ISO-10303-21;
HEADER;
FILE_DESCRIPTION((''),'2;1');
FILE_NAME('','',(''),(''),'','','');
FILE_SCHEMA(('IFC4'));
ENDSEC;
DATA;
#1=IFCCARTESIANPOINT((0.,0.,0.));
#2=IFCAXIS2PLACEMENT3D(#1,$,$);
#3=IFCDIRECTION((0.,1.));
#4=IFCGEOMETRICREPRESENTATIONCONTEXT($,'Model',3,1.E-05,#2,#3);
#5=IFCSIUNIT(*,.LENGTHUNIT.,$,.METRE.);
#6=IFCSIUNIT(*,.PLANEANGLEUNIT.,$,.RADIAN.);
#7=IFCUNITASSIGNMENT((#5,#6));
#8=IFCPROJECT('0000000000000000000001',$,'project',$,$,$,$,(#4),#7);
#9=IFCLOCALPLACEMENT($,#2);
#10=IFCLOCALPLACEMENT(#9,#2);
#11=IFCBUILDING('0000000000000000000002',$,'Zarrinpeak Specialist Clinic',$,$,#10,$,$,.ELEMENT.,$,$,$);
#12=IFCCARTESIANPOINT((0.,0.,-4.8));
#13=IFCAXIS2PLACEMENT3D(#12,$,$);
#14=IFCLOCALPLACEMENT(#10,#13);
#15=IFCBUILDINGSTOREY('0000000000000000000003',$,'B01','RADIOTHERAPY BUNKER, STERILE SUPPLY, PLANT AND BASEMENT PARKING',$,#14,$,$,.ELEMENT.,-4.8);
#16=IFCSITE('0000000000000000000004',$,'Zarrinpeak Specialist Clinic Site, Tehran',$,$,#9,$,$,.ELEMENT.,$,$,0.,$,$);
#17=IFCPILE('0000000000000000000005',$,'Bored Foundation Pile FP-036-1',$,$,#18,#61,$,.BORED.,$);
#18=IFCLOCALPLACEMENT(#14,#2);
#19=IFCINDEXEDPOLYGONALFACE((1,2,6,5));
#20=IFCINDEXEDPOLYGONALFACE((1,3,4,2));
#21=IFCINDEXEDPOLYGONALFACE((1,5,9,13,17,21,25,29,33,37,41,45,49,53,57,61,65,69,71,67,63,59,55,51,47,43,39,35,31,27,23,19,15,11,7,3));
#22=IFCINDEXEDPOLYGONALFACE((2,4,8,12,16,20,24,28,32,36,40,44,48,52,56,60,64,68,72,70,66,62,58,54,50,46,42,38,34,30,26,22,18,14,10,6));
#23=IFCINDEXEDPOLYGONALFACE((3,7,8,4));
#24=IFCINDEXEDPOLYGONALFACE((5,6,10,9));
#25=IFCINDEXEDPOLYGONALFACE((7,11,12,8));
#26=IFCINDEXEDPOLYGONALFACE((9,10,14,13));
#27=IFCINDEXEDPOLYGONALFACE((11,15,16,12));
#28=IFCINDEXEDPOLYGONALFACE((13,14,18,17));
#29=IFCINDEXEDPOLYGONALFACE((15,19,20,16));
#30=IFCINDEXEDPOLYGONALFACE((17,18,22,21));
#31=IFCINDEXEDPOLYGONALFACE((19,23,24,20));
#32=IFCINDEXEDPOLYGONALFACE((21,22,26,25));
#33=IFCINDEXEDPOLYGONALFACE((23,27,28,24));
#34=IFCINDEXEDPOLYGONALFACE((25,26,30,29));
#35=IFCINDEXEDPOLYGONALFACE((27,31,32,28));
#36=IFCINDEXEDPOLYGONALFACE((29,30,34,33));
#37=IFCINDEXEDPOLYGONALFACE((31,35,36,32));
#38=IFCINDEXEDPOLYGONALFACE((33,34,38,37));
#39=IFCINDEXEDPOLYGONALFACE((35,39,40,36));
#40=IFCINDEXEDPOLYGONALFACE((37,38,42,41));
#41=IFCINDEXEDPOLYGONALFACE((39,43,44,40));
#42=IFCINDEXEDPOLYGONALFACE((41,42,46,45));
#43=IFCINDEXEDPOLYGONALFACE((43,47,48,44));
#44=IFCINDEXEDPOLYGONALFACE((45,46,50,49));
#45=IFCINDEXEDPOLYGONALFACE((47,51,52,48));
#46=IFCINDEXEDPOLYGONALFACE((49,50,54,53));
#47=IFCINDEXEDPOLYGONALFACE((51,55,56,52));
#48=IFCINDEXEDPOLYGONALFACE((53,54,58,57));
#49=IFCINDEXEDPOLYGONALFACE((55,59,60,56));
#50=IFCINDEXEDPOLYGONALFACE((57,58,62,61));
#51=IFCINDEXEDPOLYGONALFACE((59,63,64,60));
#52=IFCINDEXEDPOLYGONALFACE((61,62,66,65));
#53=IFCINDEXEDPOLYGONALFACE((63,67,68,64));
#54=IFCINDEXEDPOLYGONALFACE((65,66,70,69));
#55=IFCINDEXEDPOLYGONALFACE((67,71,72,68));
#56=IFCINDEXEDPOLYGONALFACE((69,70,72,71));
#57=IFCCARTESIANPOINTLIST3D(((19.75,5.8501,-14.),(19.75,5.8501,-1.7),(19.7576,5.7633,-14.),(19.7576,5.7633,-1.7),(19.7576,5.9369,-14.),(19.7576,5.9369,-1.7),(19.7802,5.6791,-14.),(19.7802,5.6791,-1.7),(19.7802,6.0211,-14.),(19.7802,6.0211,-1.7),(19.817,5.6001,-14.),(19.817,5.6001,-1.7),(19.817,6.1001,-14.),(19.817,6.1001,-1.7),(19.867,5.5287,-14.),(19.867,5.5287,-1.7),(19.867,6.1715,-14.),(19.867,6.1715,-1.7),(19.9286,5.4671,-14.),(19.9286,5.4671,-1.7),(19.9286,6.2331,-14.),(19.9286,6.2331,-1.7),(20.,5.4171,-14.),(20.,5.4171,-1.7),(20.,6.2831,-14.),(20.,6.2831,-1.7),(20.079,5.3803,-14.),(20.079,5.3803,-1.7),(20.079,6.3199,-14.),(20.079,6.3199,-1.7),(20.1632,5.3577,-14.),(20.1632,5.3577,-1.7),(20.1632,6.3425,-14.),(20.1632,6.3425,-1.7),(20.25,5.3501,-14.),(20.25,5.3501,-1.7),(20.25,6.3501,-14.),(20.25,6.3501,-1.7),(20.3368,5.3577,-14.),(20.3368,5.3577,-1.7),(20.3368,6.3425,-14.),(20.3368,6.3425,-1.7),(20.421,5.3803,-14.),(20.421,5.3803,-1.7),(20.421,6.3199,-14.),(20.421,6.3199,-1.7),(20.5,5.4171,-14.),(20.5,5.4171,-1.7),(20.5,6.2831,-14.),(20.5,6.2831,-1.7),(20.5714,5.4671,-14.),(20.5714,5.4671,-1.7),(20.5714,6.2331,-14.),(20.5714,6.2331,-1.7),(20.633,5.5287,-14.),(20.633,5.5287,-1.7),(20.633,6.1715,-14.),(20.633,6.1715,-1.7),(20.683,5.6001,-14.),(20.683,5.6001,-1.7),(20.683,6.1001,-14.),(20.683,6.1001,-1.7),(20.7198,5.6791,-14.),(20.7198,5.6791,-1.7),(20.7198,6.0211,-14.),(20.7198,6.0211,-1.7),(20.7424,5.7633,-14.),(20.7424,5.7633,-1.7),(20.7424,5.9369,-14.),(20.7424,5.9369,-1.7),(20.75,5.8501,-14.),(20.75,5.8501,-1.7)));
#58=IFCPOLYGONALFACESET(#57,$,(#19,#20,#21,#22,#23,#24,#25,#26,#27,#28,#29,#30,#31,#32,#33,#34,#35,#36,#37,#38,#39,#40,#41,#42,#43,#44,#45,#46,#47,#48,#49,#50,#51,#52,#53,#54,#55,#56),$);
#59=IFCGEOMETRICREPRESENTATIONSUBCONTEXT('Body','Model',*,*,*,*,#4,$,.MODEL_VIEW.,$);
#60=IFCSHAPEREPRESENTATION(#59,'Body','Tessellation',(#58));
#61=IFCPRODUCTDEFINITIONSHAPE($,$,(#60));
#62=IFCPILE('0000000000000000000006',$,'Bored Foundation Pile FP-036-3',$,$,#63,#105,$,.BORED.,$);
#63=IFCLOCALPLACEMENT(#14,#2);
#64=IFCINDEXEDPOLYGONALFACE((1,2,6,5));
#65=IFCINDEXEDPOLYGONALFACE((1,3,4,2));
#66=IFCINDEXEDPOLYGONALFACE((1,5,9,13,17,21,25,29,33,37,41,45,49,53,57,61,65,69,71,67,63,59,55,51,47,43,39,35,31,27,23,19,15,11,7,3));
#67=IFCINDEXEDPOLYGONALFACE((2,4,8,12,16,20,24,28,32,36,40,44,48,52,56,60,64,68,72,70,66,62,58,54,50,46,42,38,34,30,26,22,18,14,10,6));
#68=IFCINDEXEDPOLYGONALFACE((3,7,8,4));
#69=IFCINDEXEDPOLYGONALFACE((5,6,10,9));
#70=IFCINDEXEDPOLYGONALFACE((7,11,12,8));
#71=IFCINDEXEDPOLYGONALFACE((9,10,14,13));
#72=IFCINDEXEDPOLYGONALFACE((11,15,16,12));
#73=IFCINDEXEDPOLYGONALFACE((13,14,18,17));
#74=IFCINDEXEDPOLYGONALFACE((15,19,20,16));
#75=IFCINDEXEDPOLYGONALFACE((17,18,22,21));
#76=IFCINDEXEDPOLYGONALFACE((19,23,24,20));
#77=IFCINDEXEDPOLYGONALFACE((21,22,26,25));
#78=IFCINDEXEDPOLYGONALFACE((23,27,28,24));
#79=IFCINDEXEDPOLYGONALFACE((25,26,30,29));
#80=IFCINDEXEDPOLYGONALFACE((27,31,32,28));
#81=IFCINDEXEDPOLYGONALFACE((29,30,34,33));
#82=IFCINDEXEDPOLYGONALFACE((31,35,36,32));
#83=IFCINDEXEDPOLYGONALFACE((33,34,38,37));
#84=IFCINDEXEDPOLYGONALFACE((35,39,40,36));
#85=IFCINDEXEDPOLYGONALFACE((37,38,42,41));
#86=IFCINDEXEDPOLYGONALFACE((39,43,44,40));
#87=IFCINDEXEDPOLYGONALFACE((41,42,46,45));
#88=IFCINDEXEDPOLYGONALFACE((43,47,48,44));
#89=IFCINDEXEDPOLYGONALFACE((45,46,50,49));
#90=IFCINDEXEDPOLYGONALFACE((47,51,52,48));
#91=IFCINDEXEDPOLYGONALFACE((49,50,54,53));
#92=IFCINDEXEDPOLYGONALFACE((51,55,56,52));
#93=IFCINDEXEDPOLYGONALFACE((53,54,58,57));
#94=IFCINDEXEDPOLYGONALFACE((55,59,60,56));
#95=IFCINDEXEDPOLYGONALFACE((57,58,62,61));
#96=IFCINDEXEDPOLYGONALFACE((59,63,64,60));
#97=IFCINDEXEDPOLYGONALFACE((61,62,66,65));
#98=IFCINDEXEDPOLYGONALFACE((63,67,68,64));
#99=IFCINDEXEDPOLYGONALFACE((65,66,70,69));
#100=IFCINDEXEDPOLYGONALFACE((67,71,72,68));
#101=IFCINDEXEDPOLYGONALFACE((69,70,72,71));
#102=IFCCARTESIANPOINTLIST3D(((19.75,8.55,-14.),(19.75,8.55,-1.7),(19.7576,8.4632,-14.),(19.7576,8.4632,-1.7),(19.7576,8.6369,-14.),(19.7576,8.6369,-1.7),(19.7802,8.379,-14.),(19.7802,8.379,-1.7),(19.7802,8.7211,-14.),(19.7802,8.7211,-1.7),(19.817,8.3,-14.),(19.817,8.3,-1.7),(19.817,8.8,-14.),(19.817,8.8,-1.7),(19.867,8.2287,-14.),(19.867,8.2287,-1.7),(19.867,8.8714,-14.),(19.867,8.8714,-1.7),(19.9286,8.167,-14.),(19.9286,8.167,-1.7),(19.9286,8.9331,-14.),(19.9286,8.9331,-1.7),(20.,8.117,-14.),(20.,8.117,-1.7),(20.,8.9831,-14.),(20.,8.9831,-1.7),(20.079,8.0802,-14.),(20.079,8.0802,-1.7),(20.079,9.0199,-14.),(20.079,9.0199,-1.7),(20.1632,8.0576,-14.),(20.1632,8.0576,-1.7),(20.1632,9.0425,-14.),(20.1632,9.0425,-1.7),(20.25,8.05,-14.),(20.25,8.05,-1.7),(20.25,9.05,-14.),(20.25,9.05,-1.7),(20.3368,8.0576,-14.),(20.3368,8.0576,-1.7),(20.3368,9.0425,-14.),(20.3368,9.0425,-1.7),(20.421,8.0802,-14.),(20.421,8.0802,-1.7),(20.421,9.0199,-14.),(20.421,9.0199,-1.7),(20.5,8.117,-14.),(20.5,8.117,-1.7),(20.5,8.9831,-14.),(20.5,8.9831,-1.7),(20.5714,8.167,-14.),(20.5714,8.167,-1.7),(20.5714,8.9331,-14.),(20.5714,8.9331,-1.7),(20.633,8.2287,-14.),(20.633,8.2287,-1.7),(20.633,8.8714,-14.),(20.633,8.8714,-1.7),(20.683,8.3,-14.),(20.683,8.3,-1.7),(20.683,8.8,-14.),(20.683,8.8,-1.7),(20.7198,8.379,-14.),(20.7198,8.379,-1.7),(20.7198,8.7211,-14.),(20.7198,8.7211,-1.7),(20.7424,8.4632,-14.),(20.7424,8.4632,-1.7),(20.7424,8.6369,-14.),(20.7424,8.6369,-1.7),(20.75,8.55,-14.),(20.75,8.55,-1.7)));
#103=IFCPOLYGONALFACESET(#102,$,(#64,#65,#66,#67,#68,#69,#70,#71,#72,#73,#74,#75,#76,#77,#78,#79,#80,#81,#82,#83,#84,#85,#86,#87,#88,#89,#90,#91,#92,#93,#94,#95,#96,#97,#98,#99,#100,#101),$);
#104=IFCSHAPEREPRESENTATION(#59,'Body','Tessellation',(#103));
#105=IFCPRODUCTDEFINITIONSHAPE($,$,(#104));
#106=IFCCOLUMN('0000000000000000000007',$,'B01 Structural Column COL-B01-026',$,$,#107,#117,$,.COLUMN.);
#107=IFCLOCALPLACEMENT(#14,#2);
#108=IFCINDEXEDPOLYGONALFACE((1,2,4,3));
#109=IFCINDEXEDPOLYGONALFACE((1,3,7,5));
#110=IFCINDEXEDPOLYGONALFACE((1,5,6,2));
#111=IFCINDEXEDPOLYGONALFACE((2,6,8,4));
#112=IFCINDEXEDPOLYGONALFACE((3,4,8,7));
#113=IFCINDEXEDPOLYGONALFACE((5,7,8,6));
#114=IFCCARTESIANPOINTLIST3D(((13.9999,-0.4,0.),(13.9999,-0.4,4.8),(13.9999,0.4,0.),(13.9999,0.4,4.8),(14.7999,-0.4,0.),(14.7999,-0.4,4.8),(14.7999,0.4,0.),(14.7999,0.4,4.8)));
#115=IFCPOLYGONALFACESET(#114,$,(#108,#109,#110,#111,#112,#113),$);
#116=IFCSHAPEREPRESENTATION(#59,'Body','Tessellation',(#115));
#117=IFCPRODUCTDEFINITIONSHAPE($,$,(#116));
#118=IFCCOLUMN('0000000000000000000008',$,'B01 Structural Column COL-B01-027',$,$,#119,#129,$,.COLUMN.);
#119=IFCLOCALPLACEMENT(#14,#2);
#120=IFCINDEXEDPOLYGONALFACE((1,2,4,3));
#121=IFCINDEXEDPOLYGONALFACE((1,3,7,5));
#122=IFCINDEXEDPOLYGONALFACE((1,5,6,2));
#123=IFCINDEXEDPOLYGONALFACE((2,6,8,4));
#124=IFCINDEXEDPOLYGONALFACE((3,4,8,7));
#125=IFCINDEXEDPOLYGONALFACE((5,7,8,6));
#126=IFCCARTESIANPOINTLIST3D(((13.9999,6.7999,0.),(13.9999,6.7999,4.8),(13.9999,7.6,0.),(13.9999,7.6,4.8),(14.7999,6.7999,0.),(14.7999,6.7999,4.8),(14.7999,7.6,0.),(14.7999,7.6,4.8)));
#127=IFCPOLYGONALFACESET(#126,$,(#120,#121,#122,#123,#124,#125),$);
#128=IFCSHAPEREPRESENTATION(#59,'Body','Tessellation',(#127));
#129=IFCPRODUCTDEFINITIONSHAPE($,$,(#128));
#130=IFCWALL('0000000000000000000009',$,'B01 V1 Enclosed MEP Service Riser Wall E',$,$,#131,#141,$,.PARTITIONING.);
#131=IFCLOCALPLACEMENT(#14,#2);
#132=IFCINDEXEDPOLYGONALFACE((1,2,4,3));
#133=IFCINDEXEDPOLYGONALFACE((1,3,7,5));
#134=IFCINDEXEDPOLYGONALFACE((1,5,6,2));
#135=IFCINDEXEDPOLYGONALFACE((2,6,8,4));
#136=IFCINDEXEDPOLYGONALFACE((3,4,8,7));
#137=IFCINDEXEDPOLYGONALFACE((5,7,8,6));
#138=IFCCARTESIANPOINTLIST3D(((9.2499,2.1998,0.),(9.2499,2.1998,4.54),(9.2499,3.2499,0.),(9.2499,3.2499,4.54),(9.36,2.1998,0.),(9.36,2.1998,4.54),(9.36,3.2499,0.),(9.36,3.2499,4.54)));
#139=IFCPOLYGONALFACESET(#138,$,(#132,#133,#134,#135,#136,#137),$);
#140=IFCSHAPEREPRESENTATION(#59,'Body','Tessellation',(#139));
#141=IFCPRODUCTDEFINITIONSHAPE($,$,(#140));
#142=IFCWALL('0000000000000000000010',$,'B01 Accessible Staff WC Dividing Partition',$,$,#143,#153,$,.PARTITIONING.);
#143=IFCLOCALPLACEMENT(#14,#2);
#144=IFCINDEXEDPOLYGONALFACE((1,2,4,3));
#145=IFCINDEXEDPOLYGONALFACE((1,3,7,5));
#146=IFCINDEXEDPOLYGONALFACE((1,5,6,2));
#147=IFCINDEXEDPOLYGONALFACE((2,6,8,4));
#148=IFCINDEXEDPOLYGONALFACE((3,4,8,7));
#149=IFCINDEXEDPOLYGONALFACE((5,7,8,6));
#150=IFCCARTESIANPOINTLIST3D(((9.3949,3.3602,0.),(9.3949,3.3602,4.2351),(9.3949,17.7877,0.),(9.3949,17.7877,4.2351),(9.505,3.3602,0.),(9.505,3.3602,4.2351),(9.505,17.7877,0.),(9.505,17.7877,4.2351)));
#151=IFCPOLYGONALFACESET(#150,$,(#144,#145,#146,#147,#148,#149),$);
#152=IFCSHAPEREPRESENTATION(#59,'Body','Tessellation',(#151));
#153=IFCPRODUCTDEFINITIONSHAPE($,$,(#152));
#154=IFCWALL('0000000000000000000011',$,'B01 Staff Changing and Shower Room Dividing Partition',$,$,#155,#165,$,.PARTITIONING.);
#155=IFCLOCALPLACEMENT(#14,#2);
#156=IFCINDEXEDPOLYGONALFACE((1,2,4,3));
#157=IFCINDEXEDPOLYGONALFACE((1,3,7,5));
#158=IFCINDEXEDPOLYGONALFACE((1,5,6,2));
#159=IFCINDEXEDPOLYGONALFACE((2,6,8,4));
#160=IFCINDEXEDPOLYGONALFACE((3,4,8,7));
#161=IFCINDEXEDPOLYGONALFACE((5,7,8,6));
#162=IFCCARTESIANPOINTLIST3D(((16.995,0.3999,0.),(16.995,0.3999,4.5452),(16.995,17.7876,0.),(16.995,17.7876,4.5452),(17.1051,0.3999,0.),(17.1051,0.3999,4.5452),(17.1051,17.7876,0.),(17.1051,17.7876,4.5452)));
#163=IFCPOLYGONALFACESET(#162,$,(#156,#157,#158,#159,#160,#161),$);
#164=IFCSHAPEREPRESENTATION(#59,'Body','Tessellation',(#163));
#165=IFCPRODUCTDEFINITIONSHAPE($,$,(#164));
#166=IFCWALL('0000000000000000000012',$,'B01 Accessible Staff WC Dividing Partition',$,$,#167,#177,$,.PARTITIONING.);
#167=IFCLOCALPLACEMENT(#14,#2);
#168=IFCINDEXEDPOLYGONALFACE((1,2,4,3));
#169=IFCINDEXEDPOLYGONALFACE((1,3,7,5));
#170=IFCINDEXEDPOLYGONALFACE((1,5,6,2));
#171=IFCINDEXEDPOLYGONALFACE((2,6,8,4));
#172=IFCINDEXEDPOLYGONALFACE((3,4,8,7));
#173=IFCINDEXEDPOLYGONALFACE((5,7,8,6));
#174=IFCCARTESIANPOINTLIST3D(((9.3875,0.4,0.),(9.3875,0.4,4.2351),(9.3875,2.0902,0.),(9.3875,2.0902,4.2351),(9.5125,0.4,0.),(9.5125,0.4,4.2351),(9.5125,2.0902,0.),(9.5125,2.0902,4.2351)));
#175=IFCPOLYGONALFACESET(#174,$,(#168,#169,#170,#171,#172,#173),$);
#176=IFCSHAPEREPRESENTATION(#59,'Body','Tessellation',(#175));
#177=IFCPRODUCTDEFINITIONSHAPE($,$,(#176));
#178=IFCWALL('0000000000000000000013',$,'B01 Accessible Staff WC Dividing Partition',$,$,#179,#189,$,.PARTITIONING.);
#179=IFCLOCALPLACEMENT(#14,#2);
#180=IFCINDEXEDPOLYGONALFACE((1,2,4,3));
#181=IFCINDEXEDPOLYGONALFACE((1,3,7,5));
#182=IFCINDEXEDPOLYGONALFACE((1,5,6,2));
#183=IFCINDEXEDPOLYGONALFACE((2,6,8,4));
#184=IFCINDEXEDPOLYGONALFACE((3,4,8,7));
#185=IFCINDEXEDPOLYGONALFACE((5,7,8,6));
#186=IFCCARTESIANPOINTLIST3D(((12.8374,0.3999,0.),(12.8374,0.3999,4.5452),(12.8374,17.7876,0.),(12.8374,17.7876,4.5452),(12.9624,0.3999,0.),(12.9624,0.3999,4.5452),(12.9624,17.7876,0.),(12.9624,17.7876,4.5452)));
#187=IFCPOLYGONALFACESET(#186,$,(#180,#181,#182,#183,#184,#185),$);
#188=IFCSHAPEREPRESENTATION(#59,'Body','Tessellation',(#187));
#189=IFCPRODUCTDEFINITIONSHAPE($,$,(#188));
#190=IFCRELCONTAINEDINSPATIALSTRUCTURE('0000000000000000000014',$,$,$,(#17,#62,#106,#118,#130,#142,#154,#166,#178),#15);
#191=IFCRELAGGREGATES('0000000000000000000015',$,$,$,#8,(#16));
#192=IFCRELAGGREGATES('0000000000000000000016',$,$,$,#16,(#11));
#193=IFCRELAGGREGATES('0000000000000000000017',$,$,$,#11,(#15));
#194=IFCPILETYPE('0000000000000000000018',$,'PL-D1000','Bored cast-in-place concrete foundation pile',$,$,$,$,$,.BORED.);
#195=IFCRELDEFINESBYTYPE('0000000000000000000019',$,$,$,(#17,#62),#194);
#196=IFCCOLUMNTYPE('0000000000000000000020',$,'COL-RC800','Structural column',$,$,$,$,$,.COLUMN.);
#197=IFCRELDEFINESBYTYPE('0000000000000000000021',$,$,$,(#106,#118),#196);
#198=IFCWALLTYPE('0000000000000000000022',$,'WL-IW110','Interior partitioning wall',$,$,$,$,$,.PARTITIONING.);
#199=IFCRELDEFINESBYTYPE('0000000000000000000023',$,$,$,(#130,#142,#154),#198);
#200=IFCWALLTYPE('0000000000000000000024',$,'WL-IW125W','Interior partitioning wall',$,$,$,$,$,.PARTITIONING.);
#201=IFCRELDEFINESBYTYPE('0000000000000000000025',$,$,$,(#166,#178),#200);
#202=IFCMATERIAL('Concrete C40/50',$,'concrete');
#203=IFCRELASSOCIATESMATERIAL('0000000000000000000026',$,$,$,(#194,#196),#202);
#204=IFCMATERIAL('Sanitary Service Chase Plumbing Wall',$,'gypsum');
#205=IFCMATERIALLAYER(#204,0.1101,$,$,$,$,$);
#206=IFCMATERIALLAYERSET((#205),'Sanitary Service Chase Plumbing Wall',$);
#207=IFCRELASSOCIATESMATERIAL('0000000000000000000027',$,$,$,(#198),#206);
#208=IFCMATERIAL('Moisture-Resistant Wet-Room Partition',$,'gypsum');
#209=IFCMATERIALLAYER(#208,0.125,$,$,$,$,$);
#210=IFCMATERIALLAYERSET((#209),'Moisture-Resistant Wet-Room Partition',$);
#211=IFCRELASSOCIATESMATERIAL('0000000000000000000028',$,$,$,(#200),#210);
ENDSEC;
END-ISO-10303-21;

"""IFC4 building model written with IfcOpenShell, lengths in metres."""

from ifc_helpers import new_model, si_unit, direction, frame, frame_2d, origin, origin_2d, place, context, subcontext, project, spatial, rectangle, circle, extrude, material, layer, layer_set, material_profile, profile_set, type_object, element, save


model = new_model("IFC4")

# Units and contexts
model_context = context("Model", 3, precision=1e-05, world=origin(), true_north=direction((0.0, 1.0)))
body_context = subcontext(model_context, "Body", "Model", "MODEL_VIEW")
ifc_project = project(units=[si_unit("LENGTHUNIT", "METRE"), si_unit("PLANEANGLEUNIT", "RADIAN")], contexts=[model_context])

# Site, building, storey
site_placement = place(None, origin())
site = spatial("IfcSite", under=ifc_project, at=site_placement, Name="Zarrinpeak Specialist Clinic Site, Tehran", CompositionType="ELEMENT", RefElevation=0.0)
building_placement = place(site_placement, origin())
building = spatial("IfcBuilding", under=site, at=building_placement, Name="Zarrinpeak Specialist Clinic", CompositionType="ELEMENT")
storey_placement = place(building_placement, frame((0.0, 0.0, -4.8)))
storey = spatial("IfcBuildingStorey", under=building, at=storey_placement, Name="B01", Description="RADIOTHERAPY BUNKER, STERILE SUPPLY, PLANT AND BASEMENT PARKING", CompositionType="ELEMENT", Elevation=-4.8)

# Shared definitions
ifc_material_1 = material(Name="Concrete C40/50", Category="concrete")

# Piles
ifc_material_profile_1 = material_profile(ifc_material_1, circle(Radius=0.5, at=origin_2d()), Name="BORED PILE D1000")
ifc_profile_set_1 = profile_set([ifc_material_profile_1], Name="Concrete C40/50")
pile_type = type_object("IfcPileType", Name="PL-D1000", Description="Bored cast-in-place concrete foundation pile", PredefinedType="BORED", material=ifc_profile_set_1)
for number, where, z_axis, x_axis, name in (
    (1, (20.25, 5.8501, -1.7), (0.0, 0.0, -1.0), (1.0, 0.0, 0.0), "Bored Foundation Pile FP-036-1"),
    (2, (20.25, 8.55, -1.7), (0.0, 0.0, -1.0), (1.0, 0.0, 0.0), "Bored Foundation Pile FP-036-3"),
):
    element("IfcPile", number, at=place(storey_placement, frame(where, z_axis=z_axis, x_axis=x_axis)), inside=storey, type_object=pile_type, Name=name, PredefinedType="BORED", context=body_context, shape_type="SweptSolid", body=[
        extrude(circle(Radius=0.5, at=origin_2d()), origin(), (0.0, 0.0, 1.0), 12.3),
    ])

# Columns
ifc_material_profile_2 = material_profile(ifc_material_1, rectangle(XDim=0.8, YDim=0.8, at=origin_2d()), Name="RC 800x800")
ifc_profile_set_2 = profile_set([ifc_material_profile_2], Name="Concrete C40/50")
column_type = type_object("IfcColumnType", Name="COL-RC800", Description="Structural column", PredefinedType="COLUMN", material=ifc_profile_set_2)
for number, where, z_axis, x_axis, name in (
    (3, (14.3999, 0.0, 0.0), (0.0, 0.0, 1.0), (1.0, 0.0, 0.0), "B01 Structural Column COL-B01-026"),
    (4, (14.3999, 7.2, 0.0), (0.0, 0.0, 1.0), (1.0, 0.0, 0.0), "B01 Structural Column COL-B01-027"),
):
    element("IfcColumn", number, at=place(storey_placement, frame(where, z_axis=z_axis, x_axis=x_axis)), inside=storey, type_object=column_type, Name=name, PredefinedType="COLUMN", context=body_context, shape_type="SweptSolid", body=[
        extrude(rectangle(XDim=0.8, YDim=0.8, at=origin_2d()), origin(), (0.0, 0.0, 1.0), 4.8),
    ])

# Walls
ifc_material_2 = material(Name="Sanitary Service Chase Plumbing Wall", Category="gypsum")
ifc_layer_1 = layer(ifc_material_2, 0.1101)
ifc_layer_set_1 = layer_set([ifc_layer_1], Name="Sanitary Service Chase Plumbing Wall")
wall_type_1 = type_object("IfcWallType", Name="WL-IW110", Description="Interior partitioning wall", PredefinedType="PARTITIONING", material=ifc_layer_set_1)
wall_1_placement = place(storey_placement, frame((9.3049, 2.2, 0.0), z_axis=(0.0, 0.0, 1.0), x_axis=(0.0, 1.0, 0.0)))
element("IfcWall", 5, at=wall_1_placement, inside=storey, type_object=wall_type_1, Name="B01 V1 Enclosed MEP Service Riser Wall E", PredefinedType="PARTITIONING", context=body_context, shape_type="SweptSolid", body=[
    extrude(rectangle(XDim=1.05, YDim=0.1101, at=frame_2d((0.5249, 0.0))), origin(), (0.0, 0.0, 1.0), 4.54),
])
wall_2_placement = place(storey_placement, frame((9.45, 3.3601, 0.0), z_axis=(0.0, 0.0, 1.0), x_axis=(0.0, 1.0, 0.0)))
element("IfcWall", 6, at=wall_2_placement, inside=storey, type_object=wall_type_1, Name="B01 Accessible Staff WC Dividing Partition", PredefinedType="PARTITIONING", context=body_context, shape_type="SweptSolid", body=[
    extrude(rectangle(XDim=14.4275, YDim=0.1101, at=frame_2d((7.2139, 0.0))), origin(), (0.0, 0.0, 1.0), 4.2351),
])
wall_3_placement = place(storey_placement, frame((17.05, 0.3999, 0.0), z_axis=(0.0, 0.0, 1.0), x_axis=(0.0, 1.0, 0.0)))
element("IfcWall", 7, at=wall_3_placement, inside=storey, type_object=wall_type_1, Name="B01 Staff Changing and Shower Room Dividing Partition", PredefinedType="PARTITIONING", context=body_context, shape_type="SweptSolid", body=[
    extrude(rectangle(XDim=17.3877, YDim=0.1101, at=frame_2d((8.6938, 0.0))), origin(), (0.0, 0.0, 1.0), 4.5452),
])
ifc_material_3 = material(Name="Moisture-Resistant Wet-Room Partition", Category="gypsum")
ifc_layer_2 = layer(ifc_material_3, 0.125)
ifc_layer_set_2 = layer_set([ifc_layer_2], Name="Moisture-Resistant Wet-Room Partition")
wall_type_2 = type_object("IfcWallType", Name="WL-IW125W", Description="Interior partitioning wall", PredefinedType="PARTITIONING", material=ifc_layer_set_2)
wall_4_placement = place(storey_placement, frame((9.45, 0.3999, 0.0), z_axis=(0.0, 0.0, 1.0), x_axis=(0.0, 1.0, 0.0)))
element("IfcWall", 8, at=wall_4_placement, inside=storey, type_object=wall_type_2, Name="B01 Accessible Staff WC Dividing Partition", PredefinedType="PARTITIONING", context=body_context, shape_type="SweptSolid", body=[
    extrude(rectangle(XDim=1.6902, YDim=0.125, at=frame_2d((0.8452, 0.0))), origin(), (0.0, 0.0, 1.0), 4.2351),
])
wall_5_placement = place(storey_placement, frame((12.8999, 0.3999, 0.0), z_axis=(0.0, 0.0, 1.0), x_axis=(0.0, 1.0, 0.0)))
element("IfcWall", 9, at=wall_5_placement, inside=storey, type_object=wall_type_2, Name="B01 Accessible Staff WC Dividing Partition", PredefinedType="PARTITIONING", context=body_context, shape_type="SweptSolid", body=[
    extrude(rectangle(XDim=17.3877, YDim=0.125, at=frame_2d((8.6938, 0.0))), origin(), (0.0, 0.0, 1.0), 4.5452),
])

save(model, "model.ifc")
